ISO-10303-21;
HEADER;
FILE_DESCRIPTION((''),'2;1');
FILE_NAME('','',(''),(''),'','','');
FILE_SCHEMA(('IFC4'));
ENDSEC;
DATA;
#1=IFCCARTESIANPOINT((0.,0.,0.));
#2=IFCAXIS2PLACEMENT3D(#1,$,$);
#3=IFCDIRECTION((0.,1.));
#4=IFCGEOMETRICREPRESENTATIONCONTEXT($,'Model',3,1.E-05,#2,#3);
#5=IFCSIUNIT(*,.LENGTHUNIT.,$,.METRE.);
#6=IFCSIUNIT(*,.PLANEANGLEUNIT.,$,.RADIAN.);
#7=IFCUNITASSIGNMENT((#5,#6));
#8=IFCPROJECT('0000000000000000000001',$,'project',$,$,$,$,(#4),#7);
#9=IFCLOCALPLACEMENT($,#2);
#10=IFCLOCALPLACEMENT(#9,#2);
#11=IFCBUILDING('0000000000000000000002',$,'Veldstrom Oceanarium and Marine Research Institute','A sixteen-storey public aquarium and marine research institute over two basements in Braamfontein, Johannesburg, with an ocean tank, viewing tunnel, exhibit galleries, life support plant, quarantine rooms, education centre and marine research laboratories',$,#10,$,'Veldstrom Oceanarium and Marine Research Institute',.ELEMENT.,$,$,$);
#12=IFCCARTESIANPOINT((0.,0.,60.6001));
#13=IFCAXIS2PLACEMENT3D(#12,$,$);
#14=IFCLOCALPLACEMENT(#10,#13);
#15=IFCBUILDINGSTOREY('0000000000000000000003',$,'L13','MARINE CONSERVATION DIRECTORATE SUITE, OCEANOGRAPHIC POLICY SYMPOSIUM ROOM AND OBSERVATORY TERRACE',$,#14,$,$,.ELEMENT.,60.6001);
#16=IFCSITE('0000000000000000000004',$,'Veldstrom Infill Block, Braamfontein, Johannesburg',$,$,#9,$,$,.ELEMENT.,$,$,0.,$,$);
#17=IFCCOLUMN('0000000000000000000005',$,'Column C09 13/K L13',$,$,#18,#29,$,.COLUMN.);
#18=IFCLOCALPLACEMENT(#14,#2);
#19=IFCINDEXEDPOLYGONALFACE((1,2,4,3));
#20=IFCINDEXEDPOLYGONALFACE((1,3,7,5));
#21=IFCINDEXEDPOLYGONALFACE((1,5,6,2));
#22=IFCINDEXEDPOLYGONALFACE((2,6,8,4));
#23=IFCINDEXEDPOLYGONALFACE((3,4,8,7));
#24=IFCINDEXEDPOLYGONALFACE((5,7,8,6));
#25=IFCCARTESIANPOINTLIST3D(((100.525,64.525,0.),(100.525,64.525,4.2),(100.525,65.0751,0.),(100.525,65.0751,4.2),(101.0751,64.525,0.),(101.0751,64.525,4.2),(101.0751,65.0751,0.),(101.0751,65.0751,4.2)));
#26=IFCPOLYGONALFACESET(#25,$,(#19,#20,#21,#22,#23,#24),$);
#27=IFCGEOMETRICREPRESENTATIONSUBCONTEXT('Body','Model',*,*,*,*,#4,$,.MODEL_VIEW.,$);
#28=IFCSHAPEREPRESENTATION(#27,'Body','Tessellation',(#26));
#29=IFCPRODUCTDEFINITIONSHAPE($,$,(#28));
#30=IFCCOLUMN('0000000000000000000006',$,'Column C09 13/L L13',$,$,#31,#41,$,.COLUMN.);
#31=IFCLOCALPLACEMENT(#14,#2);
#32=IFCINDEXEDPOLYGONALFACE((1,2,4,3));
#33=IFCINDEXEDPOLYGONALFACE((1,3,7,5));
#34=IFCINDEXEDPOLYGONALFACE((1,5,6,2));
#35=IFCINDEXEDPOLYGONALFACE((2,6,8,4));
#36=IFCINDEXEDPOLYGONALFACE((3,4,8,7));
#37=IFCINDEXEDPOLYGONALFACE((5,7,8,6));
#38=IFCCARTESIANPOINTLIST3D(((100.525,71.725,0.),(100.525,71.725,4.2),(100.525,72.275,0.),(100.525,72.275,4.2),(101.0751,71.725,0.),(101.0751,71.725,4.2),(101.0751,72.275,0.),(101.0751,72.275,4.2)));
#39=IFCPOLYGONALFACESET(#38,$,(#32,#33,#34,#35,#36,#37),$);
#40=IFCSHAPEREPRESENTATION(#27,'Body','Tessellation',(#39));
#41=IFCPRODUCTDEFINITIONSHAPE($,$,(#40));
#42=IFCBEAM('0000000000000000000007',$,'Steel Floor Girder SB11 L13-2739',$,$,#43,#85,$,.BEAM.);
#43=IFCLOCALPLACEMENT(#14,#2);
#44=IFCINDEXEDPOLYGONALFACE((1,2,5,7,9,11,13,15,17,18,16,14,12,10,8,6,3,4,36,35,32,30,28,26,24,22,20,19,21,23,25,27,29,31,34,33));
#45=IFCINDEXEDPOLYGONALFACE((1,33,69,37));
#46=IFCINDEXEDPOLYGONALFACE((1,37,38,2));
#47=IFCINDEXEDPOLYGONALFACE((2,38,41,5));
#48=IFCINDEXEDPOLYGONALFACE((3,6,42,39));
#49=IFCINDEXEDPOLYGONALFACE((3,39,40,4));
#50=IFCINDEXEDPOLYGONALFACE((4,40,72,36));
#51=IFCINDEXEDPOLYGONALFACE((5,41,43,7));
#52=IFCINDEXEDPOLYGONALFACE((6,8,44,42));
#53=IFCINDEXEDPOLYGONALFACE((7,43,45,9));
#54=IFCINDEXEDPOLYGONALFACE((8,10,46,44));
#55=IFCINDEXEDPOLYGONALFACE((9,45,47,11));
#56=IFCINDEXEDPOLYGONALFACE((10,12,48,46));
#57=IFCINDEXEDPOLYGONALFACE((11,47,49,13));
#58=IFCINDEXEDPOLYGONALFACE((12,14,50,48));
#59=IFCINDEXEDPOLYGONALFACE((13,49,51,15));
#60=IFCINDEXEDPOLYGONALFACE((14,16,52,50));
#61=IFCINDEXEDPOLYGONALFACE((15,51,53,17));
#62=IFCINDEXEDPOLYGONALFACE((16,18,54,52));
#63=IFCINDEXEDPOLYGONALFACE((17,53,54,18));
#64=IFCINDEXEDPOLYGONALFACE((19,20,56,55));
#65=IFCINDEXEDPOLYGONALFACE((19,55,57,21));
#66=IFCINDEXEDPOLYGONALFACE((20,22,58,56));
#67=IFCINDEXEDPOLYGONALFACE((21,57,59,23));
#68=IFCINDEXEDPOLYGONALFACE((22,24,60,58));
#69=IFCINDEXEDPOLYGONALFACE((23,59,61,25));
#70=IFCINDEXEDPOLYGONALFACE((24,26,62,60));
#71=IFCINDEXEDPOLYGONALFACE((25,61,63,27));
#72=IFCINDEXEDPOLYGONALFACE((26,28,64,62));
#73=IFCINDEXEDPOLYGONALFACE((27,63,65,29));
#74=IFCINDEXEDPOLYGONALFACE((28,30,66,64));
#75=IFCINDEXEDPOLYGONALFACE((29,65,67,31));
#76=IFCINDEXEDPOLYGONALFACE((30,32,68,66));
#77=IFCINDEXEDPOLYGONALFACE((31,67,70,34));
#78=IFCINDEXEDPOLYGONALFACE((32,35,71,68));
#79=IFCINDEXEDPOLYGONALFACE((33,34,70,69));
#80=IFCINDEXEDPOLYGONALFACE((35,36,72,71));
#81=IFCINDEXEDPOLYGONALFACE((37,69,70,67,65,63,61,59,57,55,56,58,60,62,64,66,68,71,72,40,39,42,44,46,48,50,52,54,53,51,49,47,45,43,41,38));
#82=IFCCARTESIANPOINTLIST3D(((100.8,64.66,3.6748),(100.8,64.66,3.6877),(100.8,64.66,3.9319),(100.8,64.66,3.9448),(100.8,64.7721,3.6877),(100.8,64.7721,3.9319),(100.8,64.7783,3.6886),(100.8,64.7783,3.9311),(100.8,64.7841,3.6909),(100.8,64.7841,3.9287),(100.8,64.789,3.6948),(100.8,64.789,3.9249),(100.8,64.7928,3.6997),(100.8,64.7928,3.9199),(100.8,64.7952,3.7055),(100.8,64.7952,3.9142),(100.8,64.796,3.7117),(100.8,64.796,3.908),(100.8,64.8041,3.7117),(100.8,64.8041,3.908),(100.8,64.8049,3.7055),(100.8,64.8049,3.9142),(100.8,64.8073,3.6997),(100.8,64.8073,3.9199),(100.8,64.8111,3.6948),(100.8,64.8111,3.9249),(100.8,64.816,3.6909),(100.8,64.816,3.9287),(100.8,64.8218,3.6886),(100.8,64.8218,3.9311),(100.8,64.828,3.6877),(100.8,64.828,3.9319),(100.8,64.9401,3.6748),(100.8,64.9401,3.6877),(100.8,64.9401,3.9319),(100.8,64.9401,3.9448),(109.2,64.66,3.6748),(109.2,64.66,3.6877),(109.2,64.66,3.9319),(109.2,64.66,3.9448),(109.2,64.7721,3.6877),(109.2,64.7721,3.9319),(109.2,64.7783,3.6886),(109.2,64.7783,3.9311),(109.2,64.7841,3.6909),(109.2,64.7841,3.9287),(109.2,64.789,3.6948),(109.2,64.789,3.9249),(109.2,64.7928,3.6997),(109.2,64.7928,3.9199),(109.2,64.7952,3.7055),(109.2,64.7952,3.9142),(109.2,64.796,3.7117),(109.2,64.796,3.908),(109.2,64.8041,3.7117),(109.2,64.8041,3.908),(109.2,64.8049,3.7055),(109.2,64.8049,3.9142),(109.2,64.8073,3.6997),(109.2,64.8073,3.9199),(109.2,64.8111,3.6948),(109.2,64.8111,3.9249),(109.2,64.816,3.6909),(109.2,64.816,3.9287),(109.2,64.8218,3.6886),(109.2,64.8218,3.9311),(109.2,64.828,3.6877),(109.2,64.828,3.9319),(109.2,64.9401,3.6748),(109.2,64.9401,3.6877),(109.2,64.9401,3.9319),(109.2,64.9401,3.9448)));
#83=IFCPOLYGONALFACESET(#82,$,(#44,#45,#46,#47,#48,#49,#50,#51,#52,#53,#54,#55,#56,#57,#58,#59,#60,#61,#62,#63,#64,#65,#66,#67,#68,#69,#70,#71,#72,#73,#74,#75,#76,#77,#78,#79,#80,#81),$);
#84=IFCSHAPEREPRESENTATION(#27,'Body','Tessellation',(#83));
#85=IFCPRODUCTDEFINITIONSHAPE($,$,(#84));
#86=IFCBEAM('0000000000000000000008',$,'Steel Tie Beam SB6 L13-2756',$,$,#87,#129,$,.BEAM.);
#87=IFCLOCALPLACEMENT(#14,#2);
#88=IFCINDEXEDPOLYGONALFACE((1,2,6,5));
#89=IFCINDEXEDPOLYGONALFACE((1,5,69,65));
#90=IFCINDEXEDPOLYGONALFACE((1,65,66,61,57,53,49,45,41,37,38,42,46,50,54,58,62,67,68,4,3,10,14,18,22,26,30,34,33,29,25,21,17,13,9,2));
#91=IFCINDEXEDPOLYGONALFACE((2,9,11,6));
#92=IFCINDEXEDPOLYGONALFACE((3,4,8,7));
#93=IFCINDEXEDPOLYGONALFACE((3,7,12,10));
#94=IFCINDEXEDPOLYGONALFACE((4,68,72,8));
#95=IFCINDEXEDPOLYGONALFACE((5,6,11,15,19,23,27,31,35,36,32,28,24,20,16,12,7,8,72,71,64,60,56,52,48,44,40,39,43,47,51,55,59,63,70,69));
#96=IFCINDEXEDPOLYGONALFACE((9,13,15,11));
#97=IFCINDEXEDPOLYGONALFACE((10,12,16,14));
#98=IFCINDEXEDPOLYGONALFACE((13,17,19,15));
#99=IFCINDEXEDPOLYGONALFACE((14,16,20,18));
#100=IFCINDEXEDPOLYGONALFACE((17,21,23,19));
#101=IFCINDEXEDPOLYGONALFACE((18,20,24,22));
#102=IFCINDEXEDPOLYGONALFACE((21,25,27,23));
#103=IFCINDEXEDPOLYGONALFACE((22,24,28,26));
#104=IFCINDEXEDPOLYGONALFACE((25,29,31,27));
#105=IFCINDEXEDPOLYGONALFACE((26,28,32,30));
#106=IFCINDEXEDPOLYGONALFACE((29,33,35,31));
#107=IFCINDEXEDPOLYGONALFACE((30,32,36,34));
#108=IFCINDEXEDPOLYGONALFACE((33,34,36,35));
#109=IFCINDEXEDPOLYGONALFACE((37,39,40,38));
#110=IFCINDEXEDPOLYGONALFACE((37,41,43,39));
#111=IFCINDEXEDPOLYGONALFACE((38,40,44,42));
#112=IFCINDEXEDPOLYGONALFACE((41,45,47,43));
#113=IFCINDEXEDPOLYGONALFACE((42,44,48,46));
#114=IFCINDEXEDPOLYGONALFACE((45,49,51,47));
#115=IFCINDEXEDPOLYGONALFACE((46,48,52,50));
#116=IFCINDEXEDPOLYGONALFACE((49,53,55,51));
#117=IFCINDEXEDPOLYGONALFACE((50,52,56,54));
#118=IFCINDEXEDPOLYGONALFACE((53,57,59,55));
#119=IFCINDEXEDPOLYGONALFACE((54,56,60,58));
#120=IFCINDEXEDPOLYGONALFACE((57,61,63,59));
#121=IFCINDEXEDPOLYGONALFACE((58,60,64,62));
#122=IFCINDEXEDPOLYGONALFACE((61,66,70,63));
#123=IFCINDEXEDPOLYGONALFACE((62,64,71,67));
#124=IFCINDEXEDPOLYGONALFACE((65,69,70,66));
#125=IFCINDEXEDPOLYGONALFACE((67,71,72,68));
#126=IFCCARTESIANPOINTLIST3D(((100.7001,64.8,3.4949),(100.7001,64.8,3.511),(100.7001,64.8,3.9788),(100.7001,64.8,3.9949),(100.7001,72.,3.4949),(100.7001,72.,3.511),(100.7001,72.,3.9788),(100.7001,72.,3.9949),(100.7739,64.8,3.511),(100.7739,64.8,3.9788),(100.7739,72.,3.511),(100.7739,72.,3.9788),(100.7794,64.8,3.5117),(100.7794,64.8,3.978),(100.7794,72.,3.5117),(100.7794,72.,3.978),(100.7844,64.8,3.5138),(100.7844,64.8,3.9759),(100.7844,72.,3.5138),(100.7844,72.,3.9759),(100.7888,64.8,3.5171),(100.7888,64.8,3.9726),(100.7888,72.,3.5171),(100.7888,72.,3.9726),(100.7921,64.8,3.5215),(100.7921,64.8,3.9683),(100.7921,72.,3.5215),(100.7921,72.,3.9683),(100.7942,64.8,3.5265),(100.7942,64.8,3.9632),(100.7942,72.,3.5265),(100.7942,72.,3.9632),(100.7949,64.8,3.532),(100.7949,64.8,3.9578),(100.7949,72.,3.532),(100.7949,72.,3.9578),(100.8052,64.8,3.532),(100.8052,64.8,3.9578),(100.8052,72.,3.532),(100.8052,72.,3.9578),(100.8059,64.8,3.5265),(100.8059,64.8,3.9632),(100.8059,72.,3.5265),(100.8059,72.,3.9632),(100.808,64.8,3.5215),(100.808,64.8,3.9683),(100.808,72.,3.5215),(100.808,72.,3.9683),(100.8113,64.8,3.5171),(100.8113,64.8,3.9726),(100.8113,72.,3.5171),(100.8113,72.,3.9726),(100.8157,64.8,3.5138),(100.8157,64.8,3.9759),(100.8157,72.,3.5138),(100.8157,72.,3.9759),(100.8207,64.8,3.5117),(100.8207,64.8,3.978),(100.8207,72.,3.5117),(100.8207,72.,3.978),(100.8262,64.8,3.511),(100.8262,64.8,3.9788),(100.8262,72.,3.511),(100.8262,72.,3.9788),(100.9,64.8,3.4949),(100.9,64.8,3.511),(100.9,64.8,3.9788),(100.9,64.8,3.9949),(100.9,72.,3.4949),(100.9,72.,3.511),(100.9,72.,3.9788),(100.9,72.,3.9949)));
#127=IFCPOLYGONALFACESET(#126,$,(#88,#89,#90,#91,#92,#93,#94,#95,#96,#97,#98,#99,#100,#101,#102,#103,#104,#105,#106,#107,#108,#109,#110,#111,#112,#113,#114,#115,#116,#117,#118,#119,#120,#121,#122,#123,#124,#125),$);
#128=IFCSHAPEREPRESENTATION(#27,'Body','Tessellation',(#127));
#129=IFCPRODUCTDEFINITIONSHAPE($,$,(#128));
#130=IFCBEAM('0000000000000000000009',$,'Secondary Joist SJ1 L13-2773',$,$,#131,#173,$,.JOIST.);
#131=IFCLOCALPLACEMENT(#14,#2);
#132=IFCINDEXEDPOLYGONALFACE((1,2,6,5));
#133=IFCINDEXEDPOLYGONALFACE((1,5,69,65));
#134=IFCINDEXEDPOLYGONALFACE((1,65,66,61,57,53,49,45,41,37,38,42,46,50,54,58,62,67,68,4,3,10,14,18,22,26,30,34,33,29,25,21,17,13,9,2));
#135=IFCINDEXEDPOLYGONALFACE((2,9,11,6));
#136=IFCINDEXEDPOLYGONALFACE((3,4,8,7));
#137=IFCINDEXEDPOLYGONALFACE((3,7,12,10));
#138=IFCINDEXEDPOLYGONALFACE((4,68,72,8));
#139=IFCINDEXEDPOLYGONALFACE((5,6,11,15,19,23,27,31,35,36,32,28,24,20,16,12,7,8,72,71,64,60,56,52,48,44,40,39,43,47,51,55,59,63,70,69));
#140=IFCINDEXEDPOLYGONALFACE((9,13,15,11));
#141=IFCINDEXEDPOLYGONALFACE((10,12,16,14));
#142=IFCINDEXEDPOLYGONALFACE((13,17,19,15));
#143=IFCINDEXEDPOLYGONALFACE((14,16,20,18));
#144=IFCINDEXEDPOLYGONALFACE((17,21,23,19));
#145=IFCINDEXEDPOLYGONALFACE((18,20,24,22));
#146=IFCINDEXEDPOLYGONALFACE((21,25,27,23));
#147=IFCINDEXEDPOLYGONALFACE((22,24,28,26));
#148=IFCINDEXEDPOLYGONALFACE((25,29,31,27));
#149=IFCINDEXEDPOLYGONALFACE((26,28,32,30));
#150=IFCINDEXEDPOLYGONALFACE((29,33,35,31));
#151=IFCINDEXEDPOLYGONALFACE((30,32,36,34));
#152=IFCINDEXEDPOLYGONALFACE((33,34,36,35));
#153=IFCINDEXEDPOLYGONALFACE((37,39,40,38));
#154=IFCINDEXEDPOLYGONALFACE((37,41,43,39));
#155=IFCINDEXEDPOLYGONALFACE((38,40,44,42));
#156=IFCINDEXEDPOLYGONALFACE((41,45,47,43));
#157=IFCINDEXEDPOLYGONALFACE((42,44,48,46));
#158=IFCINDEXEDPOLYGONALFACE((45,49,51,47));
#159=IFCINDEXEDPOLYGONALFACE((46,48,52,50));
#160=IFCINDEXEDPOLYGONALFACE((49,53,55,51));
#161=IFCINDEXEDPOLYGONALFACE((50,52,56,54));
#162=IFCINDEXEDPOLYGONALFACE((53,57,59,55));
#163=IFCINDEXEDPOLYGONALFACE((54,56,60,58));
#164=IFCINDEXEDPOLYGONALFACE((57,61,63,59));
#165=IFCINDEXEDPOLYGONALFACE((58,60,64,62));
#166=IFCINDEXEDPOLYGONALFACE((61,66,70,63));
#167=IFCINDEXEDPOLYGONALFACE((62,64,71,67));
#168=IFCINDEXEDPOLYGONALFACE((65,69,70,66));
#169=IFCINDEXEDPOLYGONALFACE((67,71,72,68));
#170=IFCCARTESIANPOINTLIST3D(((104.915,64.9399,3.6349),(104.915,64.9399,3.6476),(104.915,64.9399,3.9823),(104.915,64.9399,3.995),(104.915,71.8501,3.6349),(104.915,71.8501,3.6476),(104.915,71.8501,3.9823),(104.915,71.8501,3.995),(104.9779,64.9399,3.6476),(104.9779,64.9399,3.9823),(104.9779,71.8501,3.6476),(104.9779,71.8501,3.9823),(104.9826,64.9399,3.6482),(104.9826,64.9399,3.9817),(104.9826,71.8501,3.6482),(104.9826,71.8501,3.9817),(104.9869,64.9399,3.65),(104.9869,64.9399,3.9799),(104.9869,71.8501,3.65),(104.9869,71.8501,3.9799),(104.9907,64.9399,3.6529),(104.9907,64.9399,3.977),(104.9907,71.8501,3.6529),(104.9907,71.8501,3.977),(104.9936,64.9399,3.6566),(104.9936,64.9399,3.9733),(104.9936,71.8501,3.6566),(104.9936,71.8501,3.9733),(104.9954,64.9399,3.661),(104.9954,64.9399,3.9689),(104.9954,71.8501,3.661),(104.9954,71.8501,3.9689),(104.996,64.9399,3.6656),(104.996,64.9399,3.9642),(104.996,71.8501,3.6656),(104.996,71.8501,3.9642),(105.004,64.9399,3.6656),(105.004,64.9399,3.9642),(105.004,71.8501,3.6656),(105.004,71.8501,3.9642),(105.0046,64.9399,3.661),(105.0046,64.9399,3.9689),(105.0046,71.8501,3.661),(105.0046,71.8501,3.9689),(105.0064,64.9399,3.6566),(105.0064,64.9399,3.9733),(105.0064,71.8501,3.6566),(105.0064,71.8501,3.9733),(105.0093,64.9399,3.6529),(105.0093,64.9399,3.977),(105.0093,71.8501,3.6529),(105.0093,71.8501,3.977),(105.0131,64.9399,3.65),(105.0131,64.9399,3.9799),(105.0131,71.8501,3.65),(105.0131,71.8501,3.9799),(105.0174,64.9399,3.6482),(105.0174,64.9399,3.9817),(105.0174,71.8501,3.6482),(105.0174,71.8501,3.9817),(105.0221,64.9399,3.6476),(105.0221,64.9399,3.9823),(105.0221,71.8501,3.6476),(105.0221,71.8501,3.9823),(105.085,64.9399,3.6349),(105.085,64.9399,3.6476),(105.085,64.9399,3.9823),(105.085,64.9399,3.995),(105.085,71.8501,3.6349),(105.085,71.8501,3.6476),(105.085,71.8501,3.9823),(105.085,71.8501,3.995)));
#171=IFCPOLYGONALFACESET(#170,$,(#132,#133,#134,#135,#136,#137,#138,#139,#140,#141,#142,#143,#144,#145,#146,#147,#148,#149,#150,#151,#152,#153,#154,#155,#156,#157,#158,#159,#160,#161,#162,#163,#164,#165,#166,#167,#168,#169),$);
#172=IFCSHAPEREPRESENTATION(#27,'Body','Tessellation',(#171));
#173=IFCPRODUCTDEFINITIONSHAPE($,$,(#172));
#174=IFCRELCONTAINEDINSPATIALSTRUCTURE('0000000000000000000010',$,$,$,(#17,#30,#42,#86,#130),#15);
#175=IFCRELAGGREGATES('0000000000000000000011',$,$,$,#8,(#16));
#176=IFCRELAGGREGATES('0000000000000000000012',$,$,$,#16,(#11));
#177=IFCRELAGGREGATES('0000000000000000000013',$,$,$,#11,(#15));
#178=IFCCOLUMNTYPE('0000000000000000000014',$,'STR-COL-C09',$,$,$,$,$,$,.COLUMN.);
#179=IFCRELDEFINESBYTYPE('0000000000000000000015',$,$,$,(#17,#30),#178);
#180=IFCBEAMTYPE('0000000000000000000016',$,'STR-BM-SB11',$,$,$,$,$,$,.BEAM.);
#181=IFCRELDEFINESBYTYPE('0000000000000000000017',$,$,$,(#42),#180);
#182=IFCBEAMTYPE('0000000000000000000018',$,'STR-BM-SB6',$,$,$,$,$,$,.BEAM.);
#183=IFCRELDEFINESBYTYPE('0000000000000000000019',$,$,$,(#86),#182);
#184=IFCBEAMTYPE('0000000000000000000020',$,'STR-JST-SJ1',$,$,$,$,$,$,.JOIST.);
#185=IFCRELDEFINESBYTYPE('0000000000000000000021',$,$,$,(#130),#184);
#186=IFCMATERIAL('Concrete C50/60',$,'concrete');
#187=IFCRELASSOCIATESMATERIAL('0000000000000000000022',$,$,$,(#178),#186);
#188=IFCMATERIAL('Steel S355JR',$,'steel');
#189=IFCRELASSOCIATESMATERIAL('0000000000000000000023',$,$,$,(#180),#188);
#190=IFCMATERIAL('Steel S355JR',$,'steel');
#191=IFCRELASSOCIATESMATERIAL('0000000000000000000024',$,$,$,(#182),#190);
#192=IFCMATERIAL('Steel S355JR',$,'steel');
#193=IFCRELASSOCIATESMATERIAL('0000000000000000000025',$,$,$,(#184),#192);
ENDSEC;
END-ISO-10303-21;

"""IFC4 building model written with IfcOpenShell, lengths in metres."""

from ifc_helpers import new_model, si_unit, direction, frame, origin, origin_2d, place, context, subcontext, project, spatial, rectangle, i_section, extrude, material, material_profile, profile_set, type_object, element, save


model = new_model("IFC4")

# Units and contexts
model_context = context("Model", 3, precision=1e-05, world=origin(), true_north=direction((0.0, 1.0)))
body_context = subcontext(model_context, "Body", "Model", "MODEL_VIEW")
ifc_project = project(units=[si_unit("LENGTHUNIT", "METRE"), si_unit("PLANEANGLEUNIT", "RADIAN")], contexts=[model_context])

# Site, building, storey
site_placement = place(None, origin())
site = spatial("IfcSite", under=ifc_project, at=site_placement, Name="Veldstrom Infill Block, Braamfontein, Johannesburg", CompositionType="ELEMENT", RefElevation=0.0)
building_placement = place(site_placement, origin())
building = spatial("IfcBuilding", under=site, at=building_placement, Name="Veldstrom Oceanarium and Marine Research Institute", Description="A sixteen-storey public aquarium and marine research institute over two basements in Braamfontein, Johannesburg, with an ocean tank, viewing tunnel, exhibit galleries, life support plant, quarantine rooms, education centre and marine research laboratories", LongName="Veldstrom Oceanarium and Marine Research Institute", CompositionType="ELEMENT")
storey_placement = place(building_placement, frame((0.0, 0.0, 60.6001)))
storey = spatial("IfcBuildingStorey", under=building, at=storey_placement, Name="L13", Description="MARINE CONSERVATION DIRECTORATE SUITE, OCEANOGRAPHIC POLICY SYMPOSIUM ROOM AND OBSERVATORY TERRACE", CompositionType="ELEMENT", Elevation=60.6001)

# Columns
ifc_material_1 = material(Name="Concrete C50/60", Category="concrete")
ifc_material_profile_1 = material_profile(ifc_material_1, rectangle(XDim=0.55, YDim=0.55, at=origin_2d()), Name="RC-COL-550x550")
ifc_profile_set_1 = profile_set([ifc_material_profile_1], Name="Concrete C50/60")
column_type = type_object("IfcColumnType", Name="STR-COL-C09", PredefinedType="COLUMN", material=ifc_profile_set_1)
for number, where, z_axis, x_axis, name in (
    (1, (100.8, 64.8, 0.0), (0.0, 0.0, 1.0), (1.0, 0.0, 0.0), "Column C09 13/K L13"),
    (2, (100.8, 72.0, 0.0), (0.0, 0.0, 1.0), (1.0, 0.0, 0.0), "Column C09 13/L L13"),
):
    element("IfcColumn", number, at=place(storey_placement, frame(where, z_axis=z_axis, x_axis=x_axis)), inside=storey, type_object=column_type, Name=name, PredefinedType="COLUMN", context=body_context, shape_type="SweptSolid", body=[
        extrude(rectangle(XDim=0.55, YDim=0.55, at=origin_2d()), origin(), (0.0, 0.0, 1.0), 4.2),
    ])

# Beams
ifc_material_2 = material(Name="Steel S355JR", Category="steel")
ifc_material_profile_2 = material_profile(ifc_material_2, i_section(OverallWidth=0.28, OverallDepth=0.27, WebThickness=0.0081, FlangeThickness=0.0129, FilletRadius=0.0239, at=origin_2d()), Name="HEA 280")
ifc_profile_set_2 = profile_set([ifc_material_profile_2], Name="Steel S355JR")
beam_type_1 = type_object("IfcBeamType", Name="STR-BM-SB11", PredefinedType="BEAM", material=ifc_profile_set_2)
beam_1_placement = place(storey_placement, frame((100.8, 64.8, 3.8098), z_axis=(1.0, 0.0, 0.0), x_axis=(0.0, 1.0, 0.0)))
element("IfcBeam", 3, at=beam_1_placement, inside=storey, type_object=beam_type_1, Name="Steel Floor Girder SB11 L13-2739", PredefinedType="BEAM", context=body_context, shape_type="SweptSolid", body=[
    extrude(i_section(OverallWidth=0.28, OverallDepth=0.27, WebThickness=0.0081, FlangeThickness=0.0129, FilletRadius=0.0239, at=origin_2d()), origin(), (0.0, 0.0, 1.0), 8.3999),
])
ifc_material_3 = material(Name="Steel S355JR", Category="steel")
ifc_material_profile_3 = material_profile(ifc_material_3, i_section(OverallWidth=0.2, OverallDepth=0.5, WebThickness=0.0103, FlangeThickness=0.0161, FilletRadius=0.021, at=origin_2d()), Name="IPE 500")
ifc_profile_set_3 = profile_set([ifc_material_profile_3], Name="Steel S355JR")
beam_type_2 = type_object("IfcBeamType", Name="STR-BM-SB6", PredefinedType="BEAM", material=ifc_profile_set_3)
beam_2_placement = place(storey_placement, frame((100.8, 64.8, 3.7449), z_axis=(0.0, 1.0, 0.0), x_axis=(-1.0, 0.0, 0.0)))
element("IfcBeam", 4, at=beam_2_placement, inside=storey, type_object=beam_type_2, Name="Steel Tie Beam SB6 L13-2756", PredefinedType="BEAM", context=body_context, shape_type="SweptSolid", body=[
    extrude(i_section(OverallWidth=0.2, OverallDepth=0.5, WebThickness=0.0103, FlangeThickness=0.0161, FilletRadius=0.021, at=origin_2d()), origin(), (0.0, 0.0, 1.0), 7.2),
])
ifc_material_4 = material(Name="Steel S355JR", Category="steel")
ifc_material_profile_4 = material_profile(ifc_material_4, i_section(OverallWidth=0.1699, OverallDepth=0.3601, WebThickness=0.0081, FlangeThickness=0.0127, FilletRadius=0.0181, at=origin_2d()), Name="IPE 360")
ifc_profile_set_4 = profile_set([ifc_material_profile_4], Name="Steel S355JR")
beam_type_3 = type_object("IfcBeamType", Name="STR-JST-SJ1", PredefinedType="JOIST", material=ifc_profile_set_4)
beam_3_placement = place(storey_placement, frame((105.0, 64.9399, 3.8149), z_axis=(0.0, 1.0, 0.0), x_axis=(-1.0, 0.0, 0.0)))
element("IfcBeam", 5, at=beam_3_placement, inside=storey, type_object=beam_type_3, Name="Secondary Joist SJ1 L13-2773", PredefinedType="JOIST", context=body_context, shape_type="SweptSolid", body=[
    extrude(i_section(OverallWidth=0.1699, OverallDepth=0.3601, WebThickness=0.0081, FlangeThickness=0.0127, FilletRadius=0.0181, at=origin_2d()), origin(), (0.0, 0.0, 1.0), 6.9102),
])

save(model, "model.ifc")
